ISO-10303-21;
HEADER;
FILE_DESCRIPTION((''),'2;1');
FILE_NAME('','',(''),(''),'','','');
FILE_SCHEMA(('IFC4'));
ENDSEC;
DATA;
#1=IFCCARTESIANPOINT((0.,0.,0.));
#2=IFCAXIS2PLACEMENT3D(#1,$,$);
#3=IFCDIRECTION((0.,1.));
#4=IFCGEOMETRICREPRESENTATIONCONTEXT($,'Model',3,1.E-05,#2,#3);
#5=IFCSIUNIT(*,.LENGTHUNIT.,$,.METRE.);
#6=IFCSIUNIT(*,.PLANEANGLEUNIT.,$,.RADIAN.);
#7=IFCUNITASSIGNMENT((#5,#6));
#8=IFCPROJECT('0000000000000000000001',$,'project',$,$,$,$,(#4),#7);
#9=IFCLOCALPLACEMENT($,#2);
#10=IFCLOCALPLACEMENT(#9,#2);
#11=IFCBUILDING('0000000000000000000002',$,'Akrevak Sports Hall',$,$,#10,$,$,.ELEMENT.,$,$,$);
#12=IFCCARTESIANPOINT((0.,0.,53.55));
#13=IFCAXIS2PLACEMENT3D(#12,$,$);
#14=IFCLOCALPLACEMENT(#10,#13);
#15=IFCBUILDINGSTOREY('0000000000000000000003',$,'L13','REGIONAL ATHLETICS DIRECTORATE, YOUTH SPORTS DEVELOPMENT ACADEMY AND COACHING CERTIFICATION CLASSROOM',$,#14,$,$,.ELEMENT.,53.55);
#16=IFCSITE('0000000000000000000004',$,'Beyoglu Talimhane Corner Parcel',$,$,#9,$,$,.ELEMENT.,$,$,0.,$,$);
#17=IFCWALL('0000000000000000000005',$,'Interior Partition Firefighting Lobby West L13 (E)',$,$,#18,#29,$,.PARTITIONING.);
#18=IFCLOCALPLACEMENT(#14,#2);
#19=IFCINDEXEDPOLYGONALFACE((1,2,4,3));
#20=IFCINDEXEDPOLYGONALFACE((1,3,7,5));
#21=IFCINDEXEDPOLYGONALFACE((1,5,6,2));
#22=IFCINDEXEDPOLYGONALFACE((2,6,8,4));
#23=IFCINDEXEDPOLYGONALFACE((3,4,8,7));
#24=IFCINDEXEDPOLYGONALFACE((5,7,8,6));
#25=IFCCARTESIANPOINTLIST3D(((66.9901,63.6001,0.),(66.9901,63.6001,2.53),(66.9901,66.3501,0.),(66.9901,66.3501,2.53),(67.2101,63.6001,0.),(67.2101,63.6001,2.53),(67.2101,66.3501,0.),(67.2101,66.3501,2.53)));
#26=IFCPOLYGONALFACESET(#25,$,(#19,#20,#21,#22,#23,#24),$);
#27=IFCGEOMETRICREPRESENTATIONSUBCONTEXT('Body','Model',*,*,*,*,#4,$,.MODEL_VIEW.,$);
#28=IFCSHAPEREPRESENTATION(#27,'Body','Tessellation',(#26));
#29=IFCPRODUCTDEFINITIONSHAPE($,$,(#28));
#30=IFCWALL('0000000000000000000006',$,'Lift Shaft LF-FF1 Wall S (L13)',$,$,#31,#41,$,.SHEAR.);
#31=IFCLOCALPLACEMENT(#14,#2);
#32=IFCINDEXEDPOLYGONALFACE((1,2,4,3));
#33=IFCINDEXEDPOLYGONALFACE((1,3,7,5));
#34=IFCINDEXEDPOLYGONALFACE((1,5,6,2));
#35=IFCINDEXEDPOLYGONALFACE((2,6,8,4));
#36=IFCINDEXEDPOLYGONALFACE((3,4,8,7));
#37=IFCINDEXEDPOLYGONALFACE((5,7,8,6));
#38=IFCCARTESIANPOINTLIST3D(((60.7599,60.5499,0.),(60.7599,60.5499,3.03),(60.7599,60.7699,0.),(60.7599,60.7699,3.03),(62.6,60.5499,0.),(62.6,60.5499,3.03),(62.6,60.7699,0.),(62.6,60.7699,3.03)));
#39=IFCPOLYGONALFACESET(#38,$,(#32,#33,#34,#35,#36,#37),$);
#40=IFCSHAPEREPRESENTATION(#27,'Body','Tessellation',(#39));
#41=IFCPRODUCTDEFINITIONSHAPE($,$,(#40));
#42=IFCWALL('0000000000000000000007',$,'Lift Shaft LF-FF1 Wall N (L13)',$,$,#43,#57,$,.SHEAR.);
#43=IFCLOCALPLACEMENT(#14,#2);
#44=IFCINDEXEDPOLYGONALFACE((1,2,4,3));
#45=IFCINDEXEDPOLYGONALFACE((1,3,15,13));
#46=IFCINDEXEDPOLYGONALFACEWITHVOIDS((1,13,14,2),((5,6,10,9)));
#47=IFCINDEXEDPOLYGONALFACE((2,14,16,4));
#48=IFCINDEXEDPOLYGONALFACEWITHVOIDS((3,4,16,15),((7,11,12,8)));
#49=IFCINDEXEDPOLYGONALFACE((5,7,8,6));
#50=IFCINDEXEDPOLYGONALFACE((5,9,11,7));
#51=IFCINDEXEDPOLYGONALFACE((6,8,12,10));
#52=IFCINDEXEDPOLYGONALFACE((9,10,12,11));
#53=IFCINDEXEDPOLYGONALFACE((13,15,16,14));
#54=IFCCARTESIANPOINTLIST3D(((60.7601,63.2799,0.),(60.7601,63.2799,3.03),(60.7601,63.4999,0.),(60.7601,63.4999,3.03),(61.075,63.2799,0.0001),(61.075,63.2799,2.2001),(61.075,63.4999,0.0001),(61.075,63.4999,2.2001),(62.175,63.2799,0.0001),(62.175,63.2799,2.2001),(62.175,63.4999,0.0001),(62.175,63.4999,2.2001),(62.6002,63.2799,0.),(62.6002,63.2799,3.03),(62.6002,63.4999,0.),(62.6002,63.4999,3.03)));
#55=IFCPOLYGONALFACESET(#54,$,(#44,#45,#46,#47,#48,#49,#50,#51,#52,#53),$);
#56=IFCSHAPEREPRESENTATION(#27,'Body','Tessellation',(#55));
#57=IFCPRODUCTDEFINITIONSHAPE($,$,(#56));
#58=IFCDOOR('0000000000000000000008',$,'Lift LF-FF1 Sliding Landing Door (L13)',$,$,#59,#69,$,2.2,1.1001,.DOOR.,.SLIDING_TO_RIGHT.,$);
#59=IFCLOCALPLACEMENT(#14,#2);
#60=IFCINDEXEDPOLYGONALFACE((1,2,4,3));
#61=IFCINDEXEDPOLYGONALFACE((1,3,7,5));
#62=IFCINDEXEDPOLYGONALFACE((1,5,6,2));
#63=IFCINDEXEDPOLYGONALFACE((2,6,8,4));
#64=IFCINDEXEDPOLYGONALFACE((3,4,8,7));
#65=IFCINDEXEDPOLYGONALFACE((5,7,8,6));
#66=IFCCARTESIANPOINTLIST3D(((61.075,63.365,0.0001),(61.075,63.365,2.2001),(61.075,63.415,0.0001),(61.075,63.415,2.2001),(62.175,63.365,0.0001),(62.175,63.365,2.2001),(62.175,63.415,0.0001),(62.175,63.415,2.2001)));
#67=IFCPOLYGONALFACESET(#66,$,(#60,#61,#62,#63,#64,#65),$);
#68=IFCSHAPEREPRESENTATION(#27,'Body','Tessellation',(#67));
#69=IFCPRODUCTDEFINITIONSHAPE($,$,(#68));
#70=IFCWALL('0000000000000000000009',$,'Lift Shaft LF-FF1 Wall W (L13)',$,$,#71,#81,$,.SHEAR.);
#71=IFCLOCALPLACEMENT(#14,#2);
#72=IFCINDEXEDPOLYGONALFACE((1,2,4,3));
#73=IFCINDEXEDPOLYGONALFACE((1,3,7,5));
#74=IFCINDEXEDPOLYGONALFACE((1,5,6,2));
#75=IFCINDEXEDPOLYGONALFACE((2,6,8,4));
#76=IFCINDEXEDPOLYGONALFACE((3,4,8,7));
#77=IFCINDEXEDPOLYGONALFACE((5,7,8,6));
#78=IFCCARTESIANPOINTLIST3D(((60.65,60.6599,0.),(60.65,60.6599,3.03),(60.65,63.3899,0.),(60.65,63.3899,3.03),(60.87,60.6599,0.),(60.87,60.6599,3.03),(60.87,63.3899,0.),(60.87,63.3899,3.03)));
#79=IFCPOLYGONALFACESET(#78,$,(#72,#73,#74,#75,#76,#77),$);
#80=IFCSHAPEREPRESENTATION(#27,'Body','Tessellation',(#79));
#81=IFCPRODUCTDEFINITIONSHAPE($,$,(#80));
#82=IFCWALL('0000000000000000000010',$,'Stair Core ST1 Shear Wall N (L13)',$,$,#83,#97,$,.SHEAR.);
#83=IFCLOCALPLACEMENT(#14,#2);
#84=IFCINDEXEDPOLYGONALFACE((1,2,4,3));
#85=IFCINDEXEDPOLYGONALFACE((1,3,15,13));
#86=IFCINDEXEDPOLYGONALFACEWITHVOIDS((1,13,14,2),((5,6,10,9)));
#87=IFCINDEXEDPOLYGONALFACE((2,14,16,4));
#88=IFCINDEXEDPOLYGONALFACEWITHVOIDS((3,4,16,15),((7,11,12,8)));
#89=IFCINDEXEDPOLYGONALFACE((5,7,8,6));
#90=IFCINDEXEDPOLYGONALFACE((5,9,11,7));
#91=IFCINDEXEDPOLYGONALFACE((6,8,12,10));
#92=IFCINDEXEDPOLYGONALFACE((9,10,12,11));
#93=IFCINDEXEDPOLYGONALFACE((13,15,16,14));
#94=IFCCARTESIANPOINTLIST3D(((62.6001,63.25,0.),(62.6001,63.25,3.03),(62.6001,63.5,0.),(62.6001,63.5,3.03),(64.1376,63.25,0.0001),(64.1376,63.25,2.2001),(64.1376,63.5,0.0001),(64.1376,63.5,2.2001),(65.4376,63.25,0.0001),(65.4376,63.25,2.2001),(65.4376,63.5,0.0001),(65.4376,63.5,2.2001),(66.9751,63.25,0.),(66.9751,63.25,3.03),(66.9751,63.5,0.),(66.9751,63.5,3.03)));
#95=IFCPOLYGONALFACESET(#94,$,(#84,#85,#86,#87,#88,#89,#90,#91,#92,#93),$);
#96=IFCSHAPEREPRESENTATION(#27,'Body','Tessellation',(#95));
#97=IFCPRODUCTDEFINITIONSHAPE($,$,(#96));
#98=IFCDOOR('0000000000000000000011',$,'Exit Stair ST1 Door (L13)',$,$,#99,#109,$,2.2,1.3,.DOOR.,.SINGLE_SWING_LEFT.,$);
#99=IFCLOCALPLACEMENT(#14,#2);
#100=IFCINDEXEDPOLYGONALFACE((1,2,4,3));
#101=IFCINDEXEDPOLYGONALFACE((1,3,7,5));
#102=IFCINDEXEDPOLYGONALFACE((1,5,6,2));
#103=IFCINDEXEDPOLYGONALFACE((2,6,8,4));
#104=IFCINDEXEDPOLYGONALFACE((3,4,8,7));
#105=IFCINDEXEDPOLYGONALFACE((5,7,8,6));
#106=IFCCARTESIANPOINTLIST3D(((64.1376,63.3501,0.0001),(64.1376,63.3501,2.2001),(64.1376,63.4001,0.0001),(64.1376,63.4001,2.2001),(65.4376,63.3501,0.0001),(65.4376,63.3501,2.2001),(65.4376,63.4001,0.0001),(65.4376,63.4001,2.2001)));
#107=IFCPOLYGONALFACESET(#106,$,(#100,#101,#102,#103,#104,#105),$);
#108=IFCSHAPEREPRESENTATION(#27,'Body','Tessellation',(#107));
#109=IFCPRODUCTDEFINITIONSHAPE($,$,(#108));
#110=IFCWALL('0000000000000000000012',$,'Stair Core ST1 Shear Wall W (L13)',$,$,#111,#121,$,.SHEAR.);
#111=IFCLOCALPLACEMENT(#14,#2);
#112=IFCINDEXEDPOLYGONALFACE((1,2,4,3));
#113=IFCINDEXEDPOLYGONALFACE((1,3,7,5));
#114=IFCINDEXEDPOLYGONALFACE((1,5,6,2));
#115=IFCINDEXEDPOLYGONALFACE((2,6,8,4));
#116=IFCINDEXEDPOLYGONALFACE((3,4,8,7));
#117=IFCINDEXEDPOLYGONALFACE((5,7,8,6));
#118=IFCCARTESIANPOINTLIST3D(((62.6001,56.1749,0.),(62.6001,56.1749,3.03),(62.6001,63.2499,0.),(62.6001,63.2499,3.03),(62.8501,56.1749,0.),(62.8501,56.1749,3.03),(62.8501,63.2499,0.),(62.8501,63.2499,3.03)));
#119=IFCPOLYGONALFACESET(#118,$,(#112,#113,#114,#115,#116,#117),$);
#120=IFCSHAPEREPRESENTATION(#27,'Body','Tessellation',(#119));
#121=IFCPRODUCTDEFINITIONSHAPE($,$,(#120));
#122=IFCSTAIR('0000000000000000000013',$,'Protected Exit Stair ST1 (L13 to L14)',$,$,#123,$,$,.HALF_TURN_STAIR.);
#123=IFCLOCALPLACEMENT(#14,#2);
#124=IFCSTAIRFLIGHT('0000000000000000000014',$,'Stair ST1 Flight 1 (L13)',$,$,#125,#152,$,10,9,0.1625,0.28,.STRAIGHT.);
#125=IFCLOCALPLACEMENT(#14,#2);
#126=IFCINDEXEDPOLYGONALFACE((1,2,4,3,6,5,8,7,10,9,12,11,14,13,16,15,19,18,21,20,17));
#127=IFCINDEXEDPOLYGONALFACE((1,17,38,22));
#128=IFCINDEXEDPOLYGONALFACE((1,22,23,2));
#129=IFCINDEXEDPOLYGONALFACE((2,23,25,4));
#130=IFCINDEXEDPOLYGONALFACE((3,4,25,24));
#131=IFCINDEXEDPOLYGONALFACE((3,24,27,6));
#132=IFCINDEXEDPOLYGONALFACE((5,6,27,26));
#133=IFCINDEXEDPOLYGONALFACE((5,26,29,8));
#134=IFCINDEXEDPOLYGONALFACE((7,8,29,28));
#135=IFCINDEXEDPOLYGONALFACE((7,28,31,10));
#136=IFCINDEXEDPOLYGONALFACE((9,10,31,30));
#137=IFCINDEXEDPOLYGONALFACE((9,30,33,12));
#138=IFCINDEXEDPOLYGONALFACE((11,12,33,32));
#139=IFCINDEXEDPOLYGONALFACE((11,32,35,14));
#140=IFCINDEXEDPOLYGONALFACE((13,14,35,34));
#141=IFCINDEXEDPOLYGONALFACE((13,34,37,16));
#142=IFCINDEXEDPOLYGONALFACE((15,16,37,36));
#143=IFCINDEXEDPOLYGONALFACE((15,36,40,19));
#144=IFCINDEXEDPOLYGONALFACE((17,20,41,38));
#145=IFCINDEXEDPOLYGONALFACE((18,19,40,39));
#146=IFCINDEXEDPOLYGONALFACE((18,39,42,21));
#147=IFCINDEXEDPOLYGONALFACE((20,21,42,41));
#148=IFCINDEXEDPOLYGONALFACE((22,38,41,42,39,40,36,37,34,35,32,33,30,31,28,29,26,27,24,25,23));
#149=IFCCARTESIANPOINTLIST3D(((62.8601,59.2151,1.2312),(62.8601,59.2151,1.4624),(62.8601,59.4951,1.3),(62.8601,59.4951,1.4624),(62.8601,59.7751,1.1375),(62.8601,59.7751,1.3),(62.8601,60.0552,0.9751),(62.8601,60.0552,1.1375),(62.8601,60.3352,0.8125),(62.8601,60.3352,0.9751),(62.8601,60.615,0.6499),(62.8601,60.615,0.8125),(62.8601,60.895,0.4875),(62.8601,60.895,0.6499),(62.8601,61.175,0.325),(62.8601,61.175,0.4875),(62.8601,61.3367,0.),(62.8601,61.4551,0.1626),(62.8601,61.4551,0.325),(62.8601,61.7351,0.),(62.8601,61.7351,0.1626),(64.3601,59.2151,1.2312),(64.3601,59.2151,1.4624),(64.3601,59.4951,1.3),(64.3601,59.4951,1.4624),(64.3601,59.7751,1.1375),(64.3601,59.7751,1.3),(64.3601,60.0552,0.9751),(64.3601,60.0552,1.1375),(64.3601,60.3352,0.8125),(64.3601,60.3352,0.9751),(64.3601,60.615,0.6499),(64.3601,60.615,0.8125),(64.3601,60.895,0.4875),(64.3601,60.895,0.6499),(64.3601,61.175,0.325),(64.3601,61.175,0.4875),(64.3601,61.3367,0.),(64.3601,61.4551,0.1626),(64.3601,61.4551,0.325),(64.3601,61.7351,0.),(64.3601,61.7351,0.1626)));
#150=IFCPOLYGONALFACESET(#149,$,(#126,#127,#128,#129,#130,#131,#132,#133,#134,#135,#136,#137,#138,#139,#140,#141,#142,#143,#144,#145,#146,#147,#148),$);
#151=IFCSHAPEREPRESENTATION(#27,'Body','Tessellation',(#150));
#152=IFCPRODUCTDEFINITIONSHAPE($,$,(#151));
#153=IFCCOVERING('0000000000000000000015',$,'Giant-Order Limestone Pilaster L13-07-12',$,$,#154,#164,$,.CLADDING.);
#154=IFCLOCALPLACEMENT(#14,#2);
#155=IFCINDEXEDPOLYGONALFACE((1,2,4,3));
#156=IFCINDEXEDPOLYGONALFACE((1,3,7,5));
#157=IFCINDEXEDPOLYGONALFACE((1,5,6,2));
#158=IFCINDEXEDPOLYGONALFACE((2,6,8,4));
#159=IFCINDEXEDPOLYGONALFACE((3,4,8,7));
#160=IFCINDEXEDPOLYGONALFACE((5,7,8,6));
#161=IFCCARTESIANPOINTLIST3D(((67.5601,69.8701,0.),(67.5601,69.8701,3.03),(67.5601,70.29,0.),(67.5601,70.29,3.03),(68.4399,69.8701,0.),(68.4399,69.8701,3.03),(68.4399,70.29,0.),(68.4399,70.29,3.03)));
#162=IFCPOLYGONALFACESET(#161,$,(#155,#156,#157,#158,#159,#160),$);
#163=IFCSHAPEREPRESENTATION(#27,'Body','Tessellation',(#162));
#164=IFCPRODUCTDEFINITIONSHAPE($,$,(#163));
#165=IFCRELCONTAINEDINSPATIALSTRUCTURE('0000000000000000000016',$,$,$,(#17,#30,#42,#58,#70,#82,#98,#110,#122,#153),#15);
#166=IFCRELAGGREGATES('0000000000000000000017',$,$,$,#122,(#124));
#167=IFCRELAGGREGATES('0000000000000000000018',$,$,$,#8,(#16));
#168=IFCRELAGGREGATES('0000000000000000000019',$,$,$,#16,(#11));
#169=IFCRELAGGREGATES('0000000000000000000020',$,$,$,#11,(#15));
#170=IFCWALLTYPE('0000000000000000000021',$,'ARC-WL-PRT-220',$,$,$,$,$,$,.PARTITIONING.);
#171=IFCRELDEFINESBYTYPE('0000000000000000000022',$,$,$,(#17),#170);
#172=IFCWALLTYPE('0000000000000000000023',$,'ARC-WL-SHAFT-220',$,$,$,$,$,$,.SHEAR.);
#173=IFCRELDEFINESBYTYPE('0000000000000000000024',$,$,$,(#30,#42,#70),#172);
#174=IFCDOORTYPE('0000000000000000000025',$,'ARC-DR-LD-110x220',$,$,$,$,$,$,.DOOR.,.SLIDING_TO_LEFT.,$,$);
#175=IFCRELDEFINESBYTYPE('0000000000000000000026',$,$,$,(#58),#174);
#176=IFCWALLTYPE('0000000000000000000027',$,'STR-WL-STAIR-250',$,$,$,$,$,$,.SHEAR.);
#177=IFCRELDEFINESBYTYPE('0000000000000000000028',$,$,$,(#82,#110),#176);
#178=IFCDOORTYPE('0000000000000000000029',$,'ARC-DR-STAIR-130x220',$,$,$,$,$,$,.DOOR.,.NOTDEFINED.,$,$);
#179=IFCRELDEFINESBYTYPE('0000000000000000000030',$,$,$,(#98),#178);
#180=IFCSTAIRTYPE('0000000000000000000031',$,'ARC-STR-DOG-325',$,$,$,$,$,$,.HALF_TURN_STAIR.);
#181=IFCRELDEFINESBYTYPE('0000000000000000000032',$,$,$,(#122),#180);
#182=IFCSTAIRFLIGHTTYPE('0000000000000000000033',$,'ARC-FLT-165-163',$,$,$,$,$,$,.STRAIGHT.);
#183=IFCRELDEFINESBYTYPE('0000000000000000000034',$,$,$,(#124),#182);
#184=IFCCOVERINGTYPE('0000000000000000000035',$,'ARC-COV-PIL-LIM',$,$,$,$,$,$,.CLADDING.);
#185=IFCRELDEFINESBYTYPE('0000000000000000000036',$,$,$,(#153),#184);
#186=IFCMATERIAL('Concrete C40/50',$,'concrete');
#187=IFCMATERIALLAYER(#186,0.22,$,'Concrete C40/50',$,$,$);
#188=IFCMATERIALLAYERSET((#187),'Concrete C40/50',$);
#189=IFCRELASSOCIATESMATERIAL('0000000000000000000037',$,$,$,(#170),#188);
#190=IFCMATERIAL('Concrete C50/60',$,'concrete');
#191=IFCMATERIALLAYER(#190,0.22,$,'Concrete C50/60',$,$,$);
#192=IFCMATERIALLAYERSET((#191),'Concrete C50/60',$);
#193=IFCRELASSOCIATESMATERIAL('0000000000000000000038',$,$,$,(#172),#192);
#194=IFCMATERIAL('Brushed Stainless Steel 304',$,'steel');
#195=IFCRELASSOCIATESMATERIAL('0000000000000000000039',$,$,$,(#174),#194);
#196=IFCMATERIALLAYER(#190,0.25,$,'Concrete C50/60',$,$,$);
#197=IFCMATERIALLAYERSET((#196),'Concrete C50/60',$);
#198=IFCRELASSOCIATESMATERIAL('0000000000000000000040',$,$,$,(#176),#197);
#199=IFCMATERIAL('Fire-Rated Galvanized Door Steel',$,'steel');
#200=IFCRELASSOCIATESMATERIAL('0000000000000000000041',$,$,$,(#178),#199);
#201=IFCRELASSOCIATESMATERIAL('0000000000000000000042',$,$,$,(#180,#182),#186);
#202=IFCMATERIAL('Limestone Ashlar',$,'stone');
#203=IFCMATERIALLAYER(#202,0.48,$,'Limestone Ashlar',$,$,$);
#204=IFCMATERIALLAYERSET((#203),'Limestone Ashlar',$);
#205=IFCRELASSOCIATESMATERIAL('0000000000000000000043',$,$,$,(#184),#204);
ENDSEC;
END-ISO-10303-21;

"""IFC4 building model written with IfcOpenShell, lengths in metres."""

from ifc_helpers import new_model, si_unit, direction, frame, frame_2d, origin, origin_2d, place, context, subcontext, project, spatial, polyline, rectangle, outline, extrude, material, layer, layer_set, type_object, element, fill, aggregate, save


model = new_model("IFC4")

# Units and contexts
model_context = context("Model", 3, precision=1e-05, world=origin(), true_north=direction((0.0, 1.0)))
body_context = subcontext(model_context, "Body", "Model", "MODEL_VIEW")
ifc_project = project(units=[si_unit("LENGTHUNIT", "METRE"), si_unit("PLANEANGLEUNIT", "RADIAN")], contexts=[model_context])

# Site, building, storey
site_placement = place(None, origin())
site = spatial("IfcSite", under=ifc_project, at=site_placement, Name="Beyoglu Talimhane Corner Parcel", CompositionType="ELEMENT", RefElevation=0.0)
building_placement = place(site_placement, origin())
building = spatial("IfcBuilding", under=site, at=building_placement, Name="Akrevak Sports Hall", CompositionType="ELEMENT")
storey_placement = place(building_placement, frame((0.0, 0.0, 53.55)))
storey = spatial("IfcBuildingStorey", under=building, at=storey_placement, Name="L13", Description="REGIONAL ATHLETICS DIRECTORATE, YOUTH SPORTS DEVELOPMENT ACADEMY AND COACHING CERTIFICATION CLASSROOM", CompositionType="ELEMENT", Elevation=53.55)

# Shared definitions
ifc_material_1 = material(Name="Concrete C40/50", Category="concrete")

# Walls
ifc_layer_1 = layer(ifc_material_1, 0.22, Name="Concrete C40/50")
ifc_layer_set_1 = layer_set([ifc_layer_1], Name="Concrete C40/50")
wall_type_1 = type_object("IfcWallType", Name="ARC-WL-PRT-220", PredefinedType="PARTITIONING", material=ifc_layer_set_1)
wall_1_placement = place(storey_placement, frame((67.1001, 63.6001, 0.0), z_axis=(0.0, 0.0, 1.0), x_axis=(0.0, 1.0, 0.0)))
element("IfcWall", 1, at=wall_1_placement, inside=storey, type_object=wall_type_1, Name="Interior Partition Firefighting Lobby West L13 (E)", PredefinedType="PARTITIONING", context=body_context, shape_type="SweptSolid", body=[
    extrude(rectangle(XDim=2.75, YDim=0.22, at=frame_2d((1.375, 0.0))), origin(), (0.0, 0.0, 1.0), 2.53),
])
ifc_material_2 = material(Name="Concrete C50/60", Category="concrete")
ifc_layer_2 = layer(ifc_material_2, 0.22, Name="Concrete C50/60")
ifc_layer_set_2 = layer_set([ifc_layer_2], Name="Concrete C50/60")
wall_type_2 = type_object("IfcWallType", Name="ARC-WL-SHAFT-220", PredefinedType="SHEAR", material=ifc_layer_set_2)
wall_2_placement = place(storey_placement, frame((60.76, 60.6599, 0.0), z_axis=(0.0, 0.0, 1.0), x_axis=(1.0, 0.0, 0.0)))
element("IfcWall", 2, at=wall_2_placement, inside=storey, type_object=wall_type_2, Name="Lift Shaft LF-FF1 Wall S (L13)", PredefinedType="SHEAR", context=body_context, shape_type="SweptSolid", body=[
    extrude(rectangle(XDim=1.8401, YDim=0.22, at=frame_2d((0.9199, 0.0))), origin(), (0.0, 0.0, 1.0), 3.03),
])

# Wall, opening, door
wall_3_placement = place(storey_placement, frame((62.6001, 63.3899, 0.0), z_axis=(0.0, 0.0, 1.0), x_axis=(-1.0, 0.0, 0.0)))
wall_3 = element("IfcWall", 3, at=wall_3_placement, inside=storey, type_object=wall_type_2, Name="Lift Shaft LF-FF1 Wall N (L13)", PredefinedType="SHEAR", context=body_context, shape_type="SweptSolid", body=[
    extrude(rectangle(XDim=1.8401, YDim=0.22, at=frame_2d((0.9199, 0.0))), origin(), (0.0, 0.0, 1.0), 3.03),
])
opening_1_placement = place(wall_3_placement, frame((0.425, 0.0, 0.0)))
opening_1 = element("IfcOpeningElement", 4, at=opening_1_placement, cuts=wall_3, PredefinedType="OPENING", context=body_context, shape_type="SweptSolid", body=[
    extrude(rectangle(XDim=1.1001, YDim=2.2, at=frame_2d((0.55, 1.1001))), frame((0.0, 0.1221, 0.0), z_axis=(0.0, -1.0, 0.0), x_axis=(1.0, 0.0, 0.0)), (0.0, 0.0, 1.0), 0.2439),
])
ifc_material_3 = material(Name="Brushed Stainless Steel 304", Category="steel")
door_type_1 = type_object("IfcDoorType", Name="ARC-DR-LD-110x220", OperationType="SLIDING_TO_LEFT", PredefinedType="DOOR", material=ifc_material_3)
door_1_placement = place(opening_1_placement, origin())
door_1 = element("IfcDoor", 5, at=door_1_placement, inside=storey, type_object=door_type_1, Name="Lift LF-FF1 Sliding Landing Door (L13)", OperationType="SLIDING_TO_RIGHT", OverallHeight=2.2, OverallWidth=1.1001, PredefinedType="DOOR", context=body_context, shape_type="SweptSolid", body=[
    extrude(rectangle(XDim=1.1001, YDim=2.2, at=frame_2d((0.55, 1.1001))), frame((0.0, 0.0249, 0.0), z_axis=(0.0, -1.0, 0.0), x_axis=(1.0, 0.0, 0.0)), (0.0, 0.0, 1.0), 0.05),
])
fill(opening_1, door_1)

# Wall
wall_4_placement = place(storey_placement, frame((60.76, 63.3899, 0.0), z_axis=(0.0, 0.0, 1.0), x_axis=(0.0, -1.0, 0.0)))
element("IfcWall", 6, at=wall_4_placement, inside=storey, type_object=wall_type_2, Name="Lift Shaft LF-FF1 Wall W (L13)", PredefinedType="SHEAR", context=body_context, shape_type="SweptSolid", body=[
    extrude(rectangle(XDim=2.73, YDim=0.22, at=frame_2d((1.365, 0.0))), origin(), (0.0, 0.0, 1.0), 3.03),
])

# Wall, opening, door
ifc_layer_3 = layer(ifc_material_2, 0.25, Name="Concrete C50/60")
ifc_layer_set_3 = layer_set([ifc_layer_3], Name="Concrete C50/60")
wall_type_3 = type_object("IfcWallType", Name="STR-WL-STAIR-250", PredefinedType="SHEAR", material=ifc_layer_set_3)
wall_5_placement = place(storey_placement, frame((66.9751, 63.375, 0.0), z_axis=(0.0, 0.0, 1.0), x_axis=(-1.0, 0.0, 0.0)))
wall_5 = element("IfcWall", 7, at=wall_5_placement, inside=storey, type_object=wall_type_3, Name="Stair Core ST1 Shear Wall N (L13)", PredefinedType="SHEAR", context=body_context, shape_type="SweptSolid", body=[
    extrude(rectangle(XDim=4.375, YDim=0.25, at=frame_2d((2.1875, 0.0))), origin(), (0.0, 0.0, 1.0), 3.03),
])
opening_2_placement = place(wall_5_placement, frame((1.5376, 0.0, 0.0)))
opening_2 = element("IfcOpeningElement", 8, at=opening_2_placement, cuts=wall_5, PredefinedType="OPENING", context=body_context, shape_type="SweptSolid", body=[
    extrude(rectangle(XDim=1.3, YDim=2.2, at=frame_2d((0.6499, 1.1001))), frame((0.0, 0.137, 0.0), z_axis=(0.0, -1.0, 0.0), x_axis=(1.0, 0.0, 0.0)), (0.0, 0.0, 1.0), 0.2739),
])
ifc_material_4 = material(Name="Fire-Rated Galvanized Door Steel", Category="steel")
door_type_2 = type_object("IfcDoorType", Name="ARC-DR-STAIR-130x220", OperationType="NOTDEFINED", PredefinedType="DOOR", material=ifc_material_4)
door_2_placement = place(opening_2_placement, origin())
door_2 = element("IfcDoor", 9, at=door_2_placement, inside=storey, type_object=door_type_2, Name="Exit Stair ST1 Door (L13)", OperationType="SINGLE_SWING_LEFT", OverallHeight=2.2, OverallWidth=1.3, PredefinedType="DOOR", context=body_context, shape_type="SweptSolid", body=[
    extrude(rectangle(XDim=1.3, YDim=2.2, at=frame_2d((0.6499, 1.1001))), frame((0.0, 0.0249, 0.0), z_axis=(0.0, -1.0, 0.0), x_axis=(1.0, 0.0, 0.0)), (0.0, 0.0, 1.0), 0.05),
])
fill(opening_2, door_2)

# Wall
wall_6_placement = place(storey_placement, frame((62.7251, 63.25, 0.0), z_axis=(0.0, 0.0, 1.0), x_axis=(0.0, -1.0, 0.0)))
element("IfcWall", 10, at=wall_6_placement, inside=storey, type_object=wall_type_3, Name="Stair Core ST1 Shear Wall W (L13)", PredefinedType="SHEAR", context=body_context, shape_type="SweptSolid", body=[
    extrude(rectangle(XDim=7.075, YDim=0.25, at=frame_2d((3.5376, 0.0))), origin(), (0.0, 0.0, 1.0), 3.03),
])

# Stair, stair flight
stair_type = type_object("IfcStairType", Name="ARC-STR-DOG-325", PredefinedType="HALF_TURN_STAIR", material=ifc_material_1)
stair_placement = place(storey_placement, origin())
stair = element("IfcStair", 11, at=stair_placement, inside=storey, type_object=stair_type, Name="Protected Exit Stair ST1 (L13 to L14)", PredefinedType="HALF_TURN_STAIR")
stair_flight_type = type_object("IfcStairFlightType", Name="ARC-FLT-165-163", PredefinedType="STRAIGHT", material=ifc_material_1)
stair_flight_placement = place(storey_placement, frame((63.6101, 61.7351, 0.0), z_axis=(0.0, 0.0, 1.0), x_axis=(0.0, -1.0, 0.0)))
stair_flight = element("IfcStairFlight", 12, at=stair_flight_placement, type_object=stair_flight_type, Name="Stair ST1 Flight 1 (L13)", NumberOfRisers=10, NumberOfTreads=9, PredefinedType="STRAIGHT", RiserHeight=0.1625, TreadLength=0.28, context=body_context, shape_type="SweptSolid", body=[
    extrude(outline(polyline([(0.0, 0.0), (0.0, 0.1626), (0.28, 0.1626), (0.28, 0.325), (0.5601, 0.325), (0.5601, 0.4875), (0.8401, 0.4875), (0.8401, 0.6499), (1.1201, 0.6499), (1.1201, 0.8125), (1.3999, 0.8125), (1.3999, 0.9751), (1.6799, 0.9751), (1.6799, 1.1375), (1.96, 1.1375), (1.96, 1.3), (2.24, 1.3), (2.24, 1.4624), (2.52, 1.4624), (2.52, 1.625), (2.52, 1.2312), (0.3984, 0.0), (0.0, 0.0)])), frame((0.0, 0.75, 0.0), z_axis=(0.0, -1.0, 0.0), x_axis=(1.0, 0.0, 0.0)), (0.0, 0.0, 1.0), 1.5),
])
aggregate(stair, [stair_flight])

# Covering
ifc_material_5 = material(Name="Limestone Ashlar", Category="stone")
ifc_layer_4 = layer(ifc_material_5, 0.48, Name="Limestone Ashlar")
ifc_layer_set_4 = layer_set([ifc_layer_4], Name="Limestone Ashlar")
covering_type = type_object("IfcCoveringType", Name="ARC-COV-PIL-LIM", PredefinedType="CLADDING", material=ifc_layer_set_4)
covering_placement = place(storey_placement, frame((68.0, 70.0801, 0.0), z_axis=(0.0, 0.0, 1.0), x_axis=(-1.0, 0.0, 0.0)))
element("IfcCovering", 13, at=covering_placement, inside=storey, type_object=covering_type, Name="Giant-Order Limestone Pilaster L13-07-12", PredefinedType="CLADDING", context=body_context, shape_type="SweptSolid", body=[
    extrude(rectangle(XDim=0.8799, YDim=0.4199, at=origin_2d()), origin(), (0.0, 0.0, 1.0), 3.03),
])

save(model, "model.ifc")
